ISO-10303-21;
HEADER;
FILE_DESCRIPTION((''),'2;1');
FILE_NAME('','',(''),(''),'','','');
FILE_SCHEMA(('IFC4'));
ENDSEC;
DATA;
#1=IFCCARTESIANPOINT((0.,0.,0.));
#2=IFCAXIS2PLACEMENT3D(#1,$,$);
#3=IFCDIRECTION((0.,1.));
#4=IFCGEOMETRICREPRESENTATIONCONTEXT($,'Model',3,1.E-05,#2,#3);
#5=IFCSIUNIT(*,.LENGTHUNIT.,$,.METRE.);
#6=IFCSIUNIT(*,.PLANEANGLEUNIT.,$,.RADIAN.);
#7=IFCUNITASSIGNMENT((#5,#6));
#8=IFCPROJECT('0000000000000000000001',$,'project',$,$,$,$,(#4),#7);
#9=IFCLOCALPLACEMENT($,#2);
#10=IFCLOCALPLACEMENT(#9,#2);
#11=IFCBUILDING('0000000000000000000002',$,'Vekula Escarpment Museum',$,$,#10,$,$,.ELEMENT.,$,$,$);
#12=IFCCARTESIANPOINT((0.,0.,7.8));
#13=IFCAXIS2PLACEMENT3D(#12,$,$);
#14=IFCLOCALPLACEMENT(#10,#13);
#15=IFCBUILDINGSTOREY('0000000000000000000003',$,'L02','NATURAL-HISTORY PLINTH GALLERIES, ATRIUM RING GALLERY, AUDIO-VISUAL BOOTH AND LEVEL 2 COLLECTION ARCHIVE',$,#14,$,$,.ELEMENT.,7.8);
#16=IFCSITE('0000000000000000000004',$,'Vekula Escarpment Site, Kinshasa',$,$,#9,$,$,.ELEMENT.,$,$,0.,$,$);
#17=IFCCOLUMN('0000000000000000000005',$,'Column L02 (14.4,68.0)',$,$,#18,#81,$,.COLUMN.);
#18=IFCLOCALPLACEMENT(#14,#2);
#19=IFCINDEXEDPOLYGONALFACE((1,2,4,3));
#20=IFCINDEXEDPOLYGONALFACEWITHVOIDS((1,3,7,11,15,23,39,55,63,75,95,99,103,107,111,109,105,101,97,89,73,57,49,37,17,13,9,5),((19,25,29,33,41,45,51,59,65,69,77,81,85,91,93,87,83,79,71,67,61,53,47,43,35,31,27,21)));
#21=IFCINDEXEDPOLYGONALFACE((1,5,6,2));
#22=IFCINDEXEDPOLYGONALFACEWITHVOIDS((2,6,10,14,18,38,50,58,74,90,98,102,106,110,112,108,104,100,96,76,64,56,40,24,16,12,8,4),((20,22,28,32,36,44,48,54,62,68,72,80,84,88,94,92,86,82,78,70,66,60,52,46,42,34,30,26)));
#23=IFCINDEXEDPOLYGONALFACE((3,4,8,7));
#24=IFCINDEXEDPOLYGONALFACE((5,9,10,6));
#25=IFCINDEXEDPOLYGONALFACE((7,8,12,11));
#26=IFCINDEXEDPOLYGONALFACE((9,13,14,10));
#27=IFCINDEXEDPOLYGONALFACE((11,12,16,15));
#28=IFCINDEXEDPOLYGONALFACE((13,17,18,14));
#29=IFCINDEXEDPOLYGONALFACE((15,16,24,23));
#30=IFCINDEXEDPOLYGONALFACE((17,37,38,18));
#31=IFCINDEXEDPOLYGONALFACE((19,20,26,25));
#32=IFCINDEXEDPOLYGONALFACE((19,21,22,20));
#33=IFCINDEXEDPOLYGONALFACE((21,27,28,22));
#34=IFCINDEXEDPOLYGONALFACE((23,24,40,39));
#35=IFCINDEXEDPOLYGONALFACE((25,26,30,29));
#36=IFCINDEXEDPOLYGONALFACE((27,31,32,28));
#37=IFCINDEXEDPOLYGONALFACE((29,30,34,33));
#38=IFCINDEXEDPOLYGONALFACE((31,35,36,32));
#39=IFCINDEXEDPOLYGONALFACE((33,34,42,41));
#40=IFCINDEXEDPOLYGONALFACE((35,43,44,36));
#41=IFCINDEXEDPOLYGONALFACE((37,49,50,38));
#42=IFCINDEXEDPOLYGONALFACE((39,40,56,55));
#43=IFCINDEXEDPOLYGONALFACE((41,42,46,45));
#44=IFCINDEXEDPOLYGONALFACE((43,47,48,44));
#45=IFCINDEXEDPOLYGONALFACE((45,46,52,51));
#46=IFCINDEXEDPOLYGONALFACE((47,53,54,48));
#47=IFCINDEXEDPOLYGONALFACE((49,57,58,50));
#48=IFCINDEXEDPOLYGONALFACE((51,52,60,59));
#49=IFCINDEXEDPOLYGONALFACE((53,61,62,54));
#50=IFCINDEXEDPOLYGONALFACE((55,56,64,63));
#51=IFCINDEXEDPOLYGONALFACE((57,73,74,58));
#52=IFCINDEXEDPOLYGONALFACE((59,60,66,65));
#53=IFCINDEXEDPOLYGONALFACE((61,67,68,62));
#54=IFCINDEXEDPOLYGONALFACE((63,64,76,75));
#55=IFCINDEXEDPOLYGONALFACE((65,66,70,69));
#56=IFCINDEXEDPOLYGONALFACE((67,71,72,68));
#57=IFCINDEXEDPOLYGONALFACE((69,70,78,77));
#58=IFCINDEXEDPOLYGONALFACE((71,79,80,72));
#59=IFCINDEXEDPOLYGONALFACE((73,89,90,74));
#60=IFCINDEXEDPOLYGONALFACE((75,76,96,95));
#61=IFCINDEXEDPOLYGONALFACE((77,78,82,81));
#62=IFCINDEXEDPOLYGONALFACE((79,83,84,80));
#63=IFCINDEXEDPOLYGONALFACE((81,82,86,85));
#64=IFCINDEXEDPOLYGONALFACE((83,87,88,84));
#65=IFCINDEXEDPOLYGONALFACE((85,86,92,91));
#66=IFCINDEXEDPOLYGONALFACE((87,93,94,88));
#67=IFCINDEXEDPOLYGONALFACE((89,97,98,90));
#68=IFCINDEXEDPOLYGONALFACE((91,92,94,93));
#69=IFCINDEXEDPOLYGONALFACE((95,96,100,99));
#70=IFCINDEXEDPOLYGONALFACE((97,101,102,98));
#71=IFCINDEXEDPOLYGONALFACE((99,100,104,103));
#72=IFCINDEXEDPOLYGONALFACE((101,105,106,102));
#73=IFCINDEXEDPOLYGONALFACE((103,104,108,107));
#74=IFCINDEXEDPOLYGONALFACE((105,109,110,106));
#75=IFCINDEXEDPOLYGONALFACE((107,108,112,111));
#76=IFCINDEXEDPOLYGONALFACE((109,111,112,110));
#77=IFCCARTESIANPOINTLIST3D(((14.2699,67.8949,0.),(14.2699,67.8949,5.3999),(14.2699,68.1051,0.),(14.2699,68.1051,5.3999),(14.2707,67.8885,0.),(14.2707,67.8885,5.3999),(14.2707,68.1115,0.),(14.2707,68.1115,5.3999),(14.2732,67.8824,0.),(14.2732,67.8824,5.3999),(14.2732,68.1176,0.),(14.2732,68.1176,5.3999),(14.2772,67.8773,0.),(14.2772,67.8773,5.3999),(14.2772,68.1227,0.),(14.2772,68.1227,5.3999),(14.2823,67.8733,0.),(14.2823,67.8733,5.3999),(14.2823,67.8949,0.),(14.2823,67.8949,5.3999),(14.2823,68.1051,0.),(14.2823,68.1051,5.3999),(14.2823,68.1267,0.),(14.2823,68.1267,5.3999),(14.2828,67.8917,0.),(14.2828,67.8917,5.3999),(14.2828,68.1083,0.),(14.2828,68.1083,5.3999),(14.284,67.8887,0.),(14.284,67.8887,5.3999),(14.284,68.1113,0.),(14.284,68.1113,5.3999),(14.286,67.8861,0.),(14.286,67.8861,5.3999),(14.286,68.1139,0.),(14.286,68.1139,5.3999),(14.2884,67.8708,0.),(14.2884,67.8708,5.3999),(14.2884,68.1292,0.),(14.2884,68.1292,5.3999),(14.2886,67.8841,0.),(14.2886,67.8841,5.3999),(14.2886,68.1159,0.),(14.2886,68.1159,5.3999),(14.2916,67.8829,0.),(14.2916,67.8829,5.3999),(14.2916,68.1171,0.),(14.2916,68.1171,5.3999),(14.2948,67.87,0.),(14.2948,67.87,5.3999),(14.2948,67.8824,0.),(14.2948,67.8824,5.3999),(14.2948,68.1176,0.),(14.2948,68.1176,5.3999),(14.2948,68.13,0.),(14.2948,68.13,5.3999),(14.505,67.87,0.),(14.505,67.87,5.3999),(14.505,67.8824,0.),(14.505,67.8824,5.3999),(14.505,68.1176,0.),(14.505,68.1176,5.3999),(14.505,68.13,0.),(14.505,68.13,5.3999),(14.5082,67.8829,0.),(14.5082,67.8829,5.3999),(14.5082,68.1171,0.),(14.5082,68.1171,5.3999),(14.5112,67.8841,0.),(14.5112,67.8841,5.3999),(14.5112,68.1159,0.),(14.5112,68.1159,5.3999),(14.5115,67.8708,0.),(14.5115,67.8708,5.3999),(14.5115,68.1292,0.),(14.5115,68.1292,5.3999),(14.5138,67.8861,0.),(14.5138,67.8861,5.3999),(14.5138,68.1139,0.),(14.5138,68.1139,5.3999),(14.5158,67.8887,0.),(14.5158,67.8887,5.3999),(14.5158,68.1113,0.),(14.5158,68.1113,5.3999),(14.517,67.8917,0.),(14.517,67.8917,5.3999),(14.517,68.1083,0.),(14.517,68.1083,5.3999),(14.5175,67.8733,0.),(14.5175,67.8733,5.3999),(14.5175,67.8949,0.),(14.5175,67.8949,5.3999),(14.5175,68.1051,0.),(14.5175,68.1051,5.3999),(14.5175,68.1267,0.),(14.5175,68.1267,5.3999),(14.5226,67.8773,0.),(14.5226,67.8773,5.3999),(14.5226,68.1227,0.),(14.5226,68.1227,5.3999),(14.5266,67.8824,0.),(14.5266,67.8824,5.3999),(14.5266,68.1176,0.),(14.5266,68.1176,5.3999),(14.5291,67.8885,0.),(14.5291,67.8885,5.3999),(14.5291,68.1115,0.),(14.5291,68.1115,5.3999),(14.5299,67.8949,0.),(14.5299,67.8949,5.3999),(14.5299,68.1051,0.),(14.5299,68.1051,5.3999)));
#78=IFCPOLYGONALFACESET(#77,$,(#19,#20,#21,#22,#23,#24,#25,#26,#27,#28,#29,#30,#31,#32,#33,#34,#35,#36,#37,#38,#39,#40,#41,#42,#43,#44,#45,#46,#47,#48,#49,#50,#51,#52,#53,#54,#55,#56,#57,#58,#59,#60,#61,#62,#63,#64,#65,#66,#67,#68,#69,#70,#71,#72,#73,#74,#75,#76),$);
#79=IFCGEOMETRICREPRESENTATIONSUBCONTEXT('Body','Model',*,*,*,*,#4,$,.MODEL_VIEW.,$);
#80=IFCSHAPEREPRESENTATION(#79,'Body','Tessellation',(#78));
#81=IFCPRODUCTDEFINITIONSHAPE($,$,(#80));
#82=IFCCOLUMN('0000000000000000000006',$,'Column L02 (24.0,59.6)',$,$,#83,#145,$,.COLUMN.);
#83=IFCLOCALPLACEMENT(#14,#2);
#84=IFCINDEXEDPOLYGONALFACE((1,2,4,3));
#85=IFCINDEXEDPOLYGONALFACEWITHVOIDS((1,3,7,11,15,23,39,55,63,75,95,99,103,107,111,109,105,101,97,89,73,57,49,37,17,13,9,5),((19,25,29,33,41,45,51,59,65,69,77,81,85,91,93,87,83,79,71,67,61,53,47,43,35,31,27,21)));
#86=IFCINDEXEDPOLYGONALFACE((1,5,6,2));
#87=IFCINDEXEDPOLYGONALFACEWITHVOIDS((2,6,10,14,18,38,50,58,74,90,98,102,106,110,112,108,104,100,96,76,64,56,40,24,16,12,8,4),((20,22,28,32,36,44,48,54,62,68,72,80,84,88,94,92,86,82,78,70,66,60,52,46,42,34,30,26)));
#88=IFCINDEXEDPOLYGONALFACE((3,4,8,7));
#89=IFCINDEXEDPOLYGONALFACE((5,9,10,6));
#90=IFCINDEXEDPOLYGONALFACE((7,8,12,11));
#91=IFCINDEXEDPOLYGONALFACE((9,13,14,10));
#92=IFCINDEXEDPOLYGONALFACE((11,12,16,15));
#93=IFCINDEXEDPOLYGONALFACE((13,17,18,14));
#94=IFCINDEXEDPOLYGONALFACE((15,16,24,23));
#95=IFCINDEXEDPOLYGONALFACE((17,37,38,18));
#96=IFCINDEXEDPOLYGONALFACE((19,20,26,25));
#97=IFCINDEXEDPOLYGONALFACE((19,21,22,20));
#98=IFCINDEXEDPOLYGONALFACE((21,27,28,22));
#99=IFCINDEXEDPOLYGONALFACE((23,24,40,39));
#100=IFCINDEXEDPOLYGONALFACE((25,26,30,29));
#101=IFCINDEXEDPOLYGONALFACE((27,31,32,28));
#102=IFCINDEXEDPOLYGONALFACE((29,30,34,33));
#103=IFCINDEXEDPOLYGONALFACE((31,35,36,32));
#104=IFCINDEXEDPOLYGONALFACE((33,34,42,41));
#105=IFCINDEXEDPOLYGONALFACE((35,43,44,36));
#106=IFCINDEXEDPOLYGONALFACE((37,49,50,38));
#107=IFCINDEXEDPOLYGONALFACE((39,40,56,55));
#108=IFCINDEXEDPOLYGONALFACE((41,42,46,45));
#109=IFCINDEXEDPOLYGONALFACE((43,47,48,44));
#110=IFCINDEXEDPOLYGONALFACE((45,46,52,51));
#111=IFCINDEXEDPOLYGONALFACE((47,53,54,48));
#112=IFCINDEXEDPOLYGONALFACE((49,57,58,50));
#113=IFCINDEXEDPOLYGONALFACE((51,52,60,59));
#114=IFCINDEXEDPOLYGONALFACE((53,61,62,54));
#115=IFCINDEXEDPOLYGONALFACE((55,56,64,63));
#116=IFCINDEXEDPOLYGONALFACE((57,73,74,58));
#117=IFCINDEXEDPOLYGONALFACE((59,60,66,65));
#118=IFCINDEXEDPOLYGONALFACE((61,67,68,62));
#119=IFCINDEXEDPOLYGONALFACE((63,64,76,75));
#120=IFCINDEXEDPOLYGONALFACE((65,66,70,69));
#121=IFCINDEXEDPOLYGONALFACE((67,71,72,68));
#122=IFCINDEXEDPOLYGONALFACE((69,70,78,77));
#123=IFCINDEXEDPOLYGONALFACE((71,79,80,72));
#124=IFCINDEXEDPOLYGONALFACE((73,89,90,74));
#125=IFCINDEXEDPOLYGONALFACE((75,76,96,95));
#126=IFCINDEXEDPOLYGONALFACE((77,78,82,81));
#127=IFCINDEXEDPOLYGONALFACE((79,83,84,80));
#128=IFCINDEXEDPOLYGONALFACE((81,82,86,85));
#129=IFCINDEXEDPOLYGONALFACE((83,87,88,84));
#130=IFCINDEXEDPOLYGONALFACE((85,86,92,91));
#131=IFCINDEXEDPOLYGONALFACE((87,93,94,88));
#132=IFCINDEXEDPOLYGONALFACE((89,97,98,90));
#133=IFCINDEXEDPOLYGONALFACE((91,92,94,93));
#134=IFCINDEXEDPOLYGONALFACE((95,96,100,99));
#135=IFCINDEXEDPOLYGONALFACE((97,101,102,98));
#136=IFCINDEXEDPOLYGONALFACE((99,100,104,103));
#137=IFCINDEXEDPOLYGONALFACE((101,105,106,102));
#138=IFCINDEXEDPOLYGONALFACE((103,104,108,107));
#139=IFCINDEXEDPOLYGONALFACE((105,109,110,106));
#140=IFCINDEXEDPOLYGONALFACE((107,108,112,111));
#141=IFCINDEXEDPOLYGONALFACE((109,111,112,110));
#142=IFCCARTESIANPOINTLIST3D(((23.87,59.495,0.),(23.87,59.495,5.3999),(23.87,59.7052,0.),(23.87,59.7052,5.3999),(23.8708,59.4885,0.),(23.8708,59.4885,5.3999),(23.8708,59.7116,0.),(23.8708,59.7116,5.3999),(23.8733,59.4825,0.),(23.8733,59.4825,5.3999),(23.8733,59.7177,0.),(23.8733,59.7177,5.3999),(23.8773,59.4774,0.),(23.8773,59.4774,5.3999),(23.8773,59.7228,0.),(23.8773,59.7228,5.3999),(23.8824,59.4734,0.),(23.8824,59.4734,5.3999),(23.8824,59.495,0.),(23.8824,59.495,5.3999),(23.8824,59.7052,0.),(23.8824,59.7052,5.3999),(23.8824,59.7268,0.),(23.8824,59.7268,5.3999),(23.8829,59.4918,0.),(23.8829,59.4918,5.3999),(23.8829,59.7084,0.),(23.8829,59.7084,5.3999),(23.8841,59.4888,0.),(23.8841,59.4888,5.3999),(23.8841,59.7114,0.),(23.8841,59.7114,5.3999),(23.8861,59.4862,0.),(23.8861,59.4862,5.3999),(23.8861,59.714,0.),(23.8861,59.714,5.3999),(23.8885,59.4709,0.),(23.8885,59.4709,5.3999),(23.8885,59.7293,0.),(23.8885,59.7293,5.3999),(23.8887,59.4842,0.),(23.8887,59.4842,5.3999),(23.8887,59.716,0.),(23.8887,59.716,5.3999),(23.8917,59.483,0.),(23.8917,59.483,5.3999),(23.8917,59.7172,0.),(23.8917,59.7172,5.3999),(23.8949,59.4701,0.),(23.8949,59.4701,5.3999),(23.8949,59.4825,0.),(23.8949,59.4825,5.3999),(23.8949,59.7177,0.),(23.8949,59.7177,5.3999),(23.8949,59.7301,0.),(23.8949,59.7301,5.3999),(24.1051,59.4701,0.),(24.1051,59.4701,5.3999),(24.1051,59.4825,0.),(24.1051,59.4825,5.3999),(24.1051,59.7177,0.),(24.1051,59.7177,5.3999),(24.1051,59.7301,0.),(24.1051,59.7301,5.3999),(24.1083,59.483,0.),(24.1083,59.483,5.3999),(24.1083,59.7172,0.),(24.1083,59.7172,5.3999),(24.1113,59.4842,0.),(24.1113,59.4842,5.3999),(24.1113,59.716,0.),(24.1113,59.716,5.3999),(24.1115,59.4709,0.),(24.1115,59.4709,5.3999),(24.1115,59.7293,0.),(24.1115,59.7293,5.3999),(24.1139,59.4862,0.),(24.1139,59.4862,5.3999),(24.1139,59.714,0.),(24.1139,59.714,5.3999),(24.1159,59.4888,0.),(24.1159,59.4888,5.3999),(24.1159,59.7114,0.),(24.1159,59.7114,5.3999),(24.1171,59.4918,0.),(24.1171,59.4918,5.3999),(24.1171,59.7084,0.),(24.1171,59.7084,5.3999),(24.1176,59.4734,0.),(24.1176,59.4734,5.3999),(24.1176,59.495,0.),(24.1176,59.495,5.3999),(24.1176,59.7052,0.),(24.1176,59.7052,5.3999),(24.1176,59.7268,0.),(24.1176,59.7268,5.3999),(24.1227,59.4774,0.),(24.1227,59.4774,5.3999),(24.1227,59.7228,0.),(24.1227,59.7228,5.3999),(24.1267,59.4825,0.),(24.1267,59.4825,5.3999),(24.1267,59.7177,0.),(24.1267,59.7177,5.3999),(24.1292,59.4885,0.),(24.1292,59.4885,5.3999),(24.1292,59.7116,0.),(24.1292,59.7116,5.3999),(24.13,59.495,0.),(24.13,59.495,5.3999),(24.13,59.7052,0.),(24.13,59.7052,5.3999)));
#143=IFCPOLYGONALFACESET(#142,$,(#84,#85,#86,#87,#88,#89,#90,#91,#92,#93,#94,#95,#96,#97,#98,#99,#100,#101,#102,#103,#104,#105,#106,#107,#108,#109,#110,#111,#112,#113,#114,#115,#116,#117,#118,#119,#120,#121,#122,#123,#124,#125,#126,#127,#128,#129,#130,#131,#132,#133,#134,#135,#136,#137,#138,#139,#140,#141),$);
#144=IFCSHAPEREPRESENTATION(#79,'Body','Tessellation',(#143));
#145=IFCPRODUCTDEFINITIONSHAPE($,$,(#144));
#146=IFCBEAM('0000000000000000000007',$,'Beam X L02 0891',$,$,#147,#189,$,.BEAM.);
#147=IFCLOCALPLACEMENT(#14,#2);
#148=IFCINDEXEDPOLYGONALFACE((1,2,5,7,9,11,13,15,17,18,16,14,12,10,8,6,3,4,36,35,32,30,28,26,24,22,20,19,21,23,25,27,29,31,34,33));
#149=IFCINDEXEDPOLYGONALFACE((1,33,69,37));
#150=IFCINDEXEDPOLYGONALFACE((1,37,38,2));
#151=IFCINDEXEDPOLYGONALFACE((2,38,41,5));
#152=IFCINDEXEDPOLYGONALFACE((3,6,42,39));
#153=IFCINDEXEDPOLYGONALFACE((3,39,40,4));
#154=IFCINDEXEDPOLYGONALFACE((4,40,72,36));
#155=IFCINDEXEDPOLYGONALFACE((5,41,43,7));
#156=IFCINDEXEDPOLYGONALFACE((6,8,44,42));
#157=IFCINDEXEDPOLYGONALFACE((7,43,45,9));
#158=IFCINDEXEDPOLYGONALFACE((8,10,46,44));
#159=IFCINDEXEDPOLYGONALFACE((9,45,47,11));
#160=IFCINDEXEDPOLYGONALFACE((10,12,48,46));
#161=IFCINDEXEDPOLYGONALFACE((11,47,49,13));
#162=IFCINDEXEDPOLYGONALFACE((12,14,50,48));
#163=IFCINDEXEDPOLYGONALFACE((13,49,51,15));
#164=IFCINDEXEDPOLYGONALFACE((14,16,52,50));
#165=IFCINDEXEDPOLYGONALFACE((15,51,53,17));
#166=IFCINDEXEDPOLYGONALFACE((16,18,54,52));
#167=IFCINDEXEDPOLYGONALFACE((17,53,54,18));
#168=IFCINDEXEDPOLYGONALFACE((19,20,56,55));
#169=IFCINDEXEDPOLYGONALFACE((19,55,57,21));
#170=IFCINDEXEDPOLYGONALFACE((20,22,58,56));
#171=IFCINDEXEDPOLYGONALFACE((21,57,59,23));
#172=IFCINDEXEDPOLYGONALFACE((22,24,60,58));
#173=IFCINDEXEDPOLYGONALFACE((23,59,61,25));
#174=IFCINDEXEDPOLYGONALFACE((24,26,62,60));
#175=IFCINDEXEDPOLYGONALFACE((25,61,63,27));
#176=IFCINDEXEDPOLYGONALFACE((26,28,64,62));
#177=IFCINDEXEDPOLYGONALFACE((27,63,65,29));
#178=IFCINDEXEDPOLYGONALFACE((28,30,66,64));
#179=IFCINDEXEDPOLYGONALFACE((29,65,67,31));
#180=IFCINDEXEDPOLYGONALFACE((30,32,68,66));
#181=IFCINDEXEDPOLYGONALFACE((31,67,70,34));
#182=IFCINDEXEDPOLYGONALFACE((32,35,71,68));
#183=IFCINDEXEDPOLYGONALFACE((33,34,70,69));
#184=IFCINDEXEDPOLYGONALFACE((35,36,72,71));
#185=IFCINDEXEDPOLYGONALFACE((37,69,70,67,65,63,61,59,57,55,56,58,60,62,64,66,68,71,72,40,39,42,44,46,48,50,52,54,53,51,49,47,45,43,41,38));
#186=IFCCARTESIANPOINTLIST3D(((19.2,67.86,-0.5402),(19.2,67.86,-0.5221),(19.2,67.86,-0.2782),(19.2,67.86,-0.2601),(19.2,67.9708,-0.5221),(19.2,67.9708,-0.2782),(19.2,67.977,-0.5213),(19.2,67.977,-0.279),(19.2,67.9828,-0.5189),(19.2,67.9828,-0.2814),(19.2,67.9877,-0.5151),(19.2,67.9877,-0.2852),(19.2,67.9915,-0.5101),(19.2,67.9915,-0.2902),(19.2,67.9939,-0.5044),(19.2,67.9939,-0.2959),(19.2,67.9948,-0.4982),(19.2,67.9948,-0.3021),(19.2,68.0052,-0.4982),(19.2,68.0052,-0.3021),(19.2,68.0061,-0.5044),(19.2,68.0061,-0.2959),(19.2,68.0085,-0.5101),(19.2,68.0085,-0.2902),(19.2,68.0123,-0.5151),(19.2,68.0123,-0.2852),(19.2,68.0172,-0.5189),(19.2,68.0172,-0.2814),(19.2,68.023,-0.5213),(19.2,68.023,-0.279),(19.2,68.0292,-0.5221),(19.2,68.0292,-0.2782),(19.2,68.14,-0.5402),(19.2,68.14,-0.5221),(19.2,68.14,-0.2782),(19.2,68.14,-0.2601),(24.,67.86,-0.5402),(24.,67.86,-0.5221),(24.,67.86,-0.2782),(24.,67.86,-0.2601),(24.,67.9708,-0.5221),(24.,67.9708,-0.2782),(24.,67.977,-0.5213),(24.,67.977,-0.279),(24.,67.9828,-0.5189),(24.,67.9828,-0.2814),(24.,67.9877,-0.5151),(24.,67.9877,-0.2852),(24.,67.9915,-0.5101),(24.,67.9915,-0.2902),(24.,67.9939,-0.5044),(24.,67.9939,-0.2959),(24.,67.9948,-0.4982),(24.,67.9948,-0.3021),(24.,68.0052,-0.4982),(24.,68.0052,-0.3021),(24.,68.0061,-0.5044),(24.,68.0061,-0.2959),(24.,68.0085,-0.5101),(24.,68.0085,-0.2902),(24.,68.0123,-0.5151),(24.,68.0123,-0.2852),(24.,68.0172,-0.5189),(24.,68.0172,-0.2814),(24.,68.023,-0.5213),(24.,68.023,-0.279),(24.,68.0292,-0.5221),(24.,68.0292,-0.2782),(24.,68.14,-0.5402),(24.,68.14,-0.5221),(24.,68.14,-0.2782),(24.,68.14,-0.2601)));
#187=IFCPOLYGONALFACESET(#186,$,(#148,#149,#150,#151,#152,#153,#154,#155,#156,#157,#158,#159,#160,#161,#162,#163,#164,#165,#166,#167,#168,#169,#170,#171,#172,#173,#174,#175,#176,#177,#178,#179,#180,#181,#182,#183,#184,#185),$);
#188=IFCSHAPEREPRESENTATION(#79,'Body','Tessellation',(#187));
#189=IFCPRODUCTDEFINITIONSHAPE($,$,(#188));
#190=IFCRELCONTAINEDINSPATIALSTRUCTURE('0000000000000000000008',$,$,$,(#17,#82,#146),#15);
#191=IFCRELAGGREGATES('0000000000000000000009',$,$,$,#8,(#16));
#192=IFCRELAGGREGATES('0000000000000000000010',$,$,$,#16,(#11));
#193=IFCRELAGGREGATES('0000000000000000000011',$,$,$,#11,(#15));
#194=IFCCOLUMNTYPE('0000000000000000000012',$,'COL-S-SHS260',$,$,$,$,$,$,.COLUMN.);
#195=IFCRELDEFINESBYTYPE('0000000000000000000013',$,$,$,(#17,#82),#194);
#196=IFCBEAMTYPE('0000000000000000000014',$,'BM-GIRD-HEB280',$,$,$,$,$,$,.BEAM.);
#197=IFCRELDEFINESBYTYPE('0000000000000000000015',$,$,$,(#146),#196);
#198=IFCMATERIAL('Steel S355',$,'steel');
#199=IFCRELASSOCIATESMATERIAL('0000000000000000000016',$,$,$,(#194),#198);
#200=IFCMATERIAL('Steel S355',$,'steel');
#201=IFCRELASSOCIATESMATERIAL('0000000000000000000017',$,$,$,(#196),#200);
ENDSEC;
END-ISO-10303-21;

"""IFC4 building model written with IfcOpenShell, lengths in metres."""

from ifc_helpers import new_model, si_unit, direction, frame, origin, origin_2d, place, context, subcontext, project, spatial, hollow_rectangle, i_section, extrude, material, material_profile, profile_set, type_object, element, save


model = new_model("IFC4")

# Units and contexts
model_context = context("Model", 3, precision=1e-05, world=origin(), true_north=direction((0.0, 1.0)))
body_context = subcontext(model_context, "Body", "Model", "MODEL_VIEW")
ifc_project = project(units=[si_unit("LENGTHUNIT", "METRE"), si_unit("PLANEANGLEUNIT", "RADIAN")], contexts=[model_context])

# Site, building, storey
site_placement = place(None, origin())
site = spatial("IfcSite", under=ifc_project, at=site_placement, Name="Vekula Escarpment Site, Kinshasa", CompositionType="ELEMENT", RefElevation=0.0)
building_placement = place(site_placement, origin())
building = spatial("IfcBuilding", under=site, at=building_placement, Name="Vekula Escarpment Museum", CompositionType="ELEMENT")
storey_placement = place(building_placement, frame((0.0, 0.0, 7.8)))
storey = spatial("IfcBuildingStorey", under=building, at=storey_placement, Name="L02", Description="NATURAL-HISTORY PLINTH GALLERIES, ATRIUM RING GALLERY, AUDIO-VISUAL BOOTH AND LEVEL 2 COLLECTION ARCHIVE", CompositionType="ELEMENT", Elevation=7.8)

# Columns
ifc_material_1 = material(Name="Steel S355", Category="steel")
ifc_material_profile_1 = material_profile(ifc_material_1, hollow_rectangle(XDim=0.26, YDim=0.26, WallThickness=0.0125, InnerFilletRadius=0.0125, OuterFilletRadius=0.0249, at=origin_2d()), Name="SHS 260x260x12.5")
ifc_profile_set_1 = profile_set([ifc_material_profile_1], Name="Steel S355")
column_type_1 = type_object("IfcColumnType", Name="COL-S-SHS260", PredefinedType="COLUMN", material=ifc_profile_set_1)
for number, where, z_axis, x_axis, name in (
    (1, (14.3999, 68.0, 0.0), (0.0, 0.0, 1.0), (1.0, 0.0, 0.0), "Column L02 (14.4,68.0)"),
    (2, (24.0, 59.6001, 0.0), (0.0, 0.0, 1.0), (1.0, 0.0, 0.0), "Column L02 (24.0,59.6)"),
):
    element("IfcColumn", number, at=place(storey_placement, frame(where, z_axis=z_axis, x_axis=x_axis)), inside=storey, type_object=column_type_1, Name=name, PredefinedType="COLUMN", context=body_context, shape_type="SweptSolid", body=[
        extrude(hollow_rectangle(XDim=0.26, YDim=0.26, WallThickness=0.0125, InnerFilletRadius=0.0125, OuterFilletRadius=0.0249, at=origin_2d()), origin(), (0.0, 0.0, 1.0), 5.3999),
    ])

# Beam
ifc_material_2 = material(Name="Steel S355", Category="steel")
ifc_material_profile_2 = material_profile(ifc_material_2, i_section(OverallWidth=0.28, OverallDepth=0.28, WebThickness=0.0105, FlangeThickness=0.0181, FilletRadius=0.0239, at=origin_2d()), Name="HEB 280")
ifc_profile_set_2 = profile_set([ifc_material_profile_2], Name="Steel S355")
beam_type_1 = type_object("IfcBeamType", Name="BM-GIRD-HEB280", PredefinedType="BEAM", material=ifc_profile_set_2)
beam_1_placement = place(storey_placement, frame((19.2, 68.0, -0.4001), z_axis=(1.0, 0.0, 0.0), x_axis=(0.0, 1.0, 0.0)))
element("IfcBeam", 3, at=beam_1_placement, inside=storey, type_object=beam_type_1, Name="Beam X L02 0891", PredefinedType="BEAM", context=body_context, shape_type="SweptSolid", body=[
    extrude(i_section(OverallWidth=0.28, OverallDepth=0.28, WebThickness=0.0105, FlangeThickness=0.0181, FilletRadius=0.0239, at=origin_2d()), origin(), (0.0, 0.0, 1.0), 4.8),
])

save(model, "model.ifc")
